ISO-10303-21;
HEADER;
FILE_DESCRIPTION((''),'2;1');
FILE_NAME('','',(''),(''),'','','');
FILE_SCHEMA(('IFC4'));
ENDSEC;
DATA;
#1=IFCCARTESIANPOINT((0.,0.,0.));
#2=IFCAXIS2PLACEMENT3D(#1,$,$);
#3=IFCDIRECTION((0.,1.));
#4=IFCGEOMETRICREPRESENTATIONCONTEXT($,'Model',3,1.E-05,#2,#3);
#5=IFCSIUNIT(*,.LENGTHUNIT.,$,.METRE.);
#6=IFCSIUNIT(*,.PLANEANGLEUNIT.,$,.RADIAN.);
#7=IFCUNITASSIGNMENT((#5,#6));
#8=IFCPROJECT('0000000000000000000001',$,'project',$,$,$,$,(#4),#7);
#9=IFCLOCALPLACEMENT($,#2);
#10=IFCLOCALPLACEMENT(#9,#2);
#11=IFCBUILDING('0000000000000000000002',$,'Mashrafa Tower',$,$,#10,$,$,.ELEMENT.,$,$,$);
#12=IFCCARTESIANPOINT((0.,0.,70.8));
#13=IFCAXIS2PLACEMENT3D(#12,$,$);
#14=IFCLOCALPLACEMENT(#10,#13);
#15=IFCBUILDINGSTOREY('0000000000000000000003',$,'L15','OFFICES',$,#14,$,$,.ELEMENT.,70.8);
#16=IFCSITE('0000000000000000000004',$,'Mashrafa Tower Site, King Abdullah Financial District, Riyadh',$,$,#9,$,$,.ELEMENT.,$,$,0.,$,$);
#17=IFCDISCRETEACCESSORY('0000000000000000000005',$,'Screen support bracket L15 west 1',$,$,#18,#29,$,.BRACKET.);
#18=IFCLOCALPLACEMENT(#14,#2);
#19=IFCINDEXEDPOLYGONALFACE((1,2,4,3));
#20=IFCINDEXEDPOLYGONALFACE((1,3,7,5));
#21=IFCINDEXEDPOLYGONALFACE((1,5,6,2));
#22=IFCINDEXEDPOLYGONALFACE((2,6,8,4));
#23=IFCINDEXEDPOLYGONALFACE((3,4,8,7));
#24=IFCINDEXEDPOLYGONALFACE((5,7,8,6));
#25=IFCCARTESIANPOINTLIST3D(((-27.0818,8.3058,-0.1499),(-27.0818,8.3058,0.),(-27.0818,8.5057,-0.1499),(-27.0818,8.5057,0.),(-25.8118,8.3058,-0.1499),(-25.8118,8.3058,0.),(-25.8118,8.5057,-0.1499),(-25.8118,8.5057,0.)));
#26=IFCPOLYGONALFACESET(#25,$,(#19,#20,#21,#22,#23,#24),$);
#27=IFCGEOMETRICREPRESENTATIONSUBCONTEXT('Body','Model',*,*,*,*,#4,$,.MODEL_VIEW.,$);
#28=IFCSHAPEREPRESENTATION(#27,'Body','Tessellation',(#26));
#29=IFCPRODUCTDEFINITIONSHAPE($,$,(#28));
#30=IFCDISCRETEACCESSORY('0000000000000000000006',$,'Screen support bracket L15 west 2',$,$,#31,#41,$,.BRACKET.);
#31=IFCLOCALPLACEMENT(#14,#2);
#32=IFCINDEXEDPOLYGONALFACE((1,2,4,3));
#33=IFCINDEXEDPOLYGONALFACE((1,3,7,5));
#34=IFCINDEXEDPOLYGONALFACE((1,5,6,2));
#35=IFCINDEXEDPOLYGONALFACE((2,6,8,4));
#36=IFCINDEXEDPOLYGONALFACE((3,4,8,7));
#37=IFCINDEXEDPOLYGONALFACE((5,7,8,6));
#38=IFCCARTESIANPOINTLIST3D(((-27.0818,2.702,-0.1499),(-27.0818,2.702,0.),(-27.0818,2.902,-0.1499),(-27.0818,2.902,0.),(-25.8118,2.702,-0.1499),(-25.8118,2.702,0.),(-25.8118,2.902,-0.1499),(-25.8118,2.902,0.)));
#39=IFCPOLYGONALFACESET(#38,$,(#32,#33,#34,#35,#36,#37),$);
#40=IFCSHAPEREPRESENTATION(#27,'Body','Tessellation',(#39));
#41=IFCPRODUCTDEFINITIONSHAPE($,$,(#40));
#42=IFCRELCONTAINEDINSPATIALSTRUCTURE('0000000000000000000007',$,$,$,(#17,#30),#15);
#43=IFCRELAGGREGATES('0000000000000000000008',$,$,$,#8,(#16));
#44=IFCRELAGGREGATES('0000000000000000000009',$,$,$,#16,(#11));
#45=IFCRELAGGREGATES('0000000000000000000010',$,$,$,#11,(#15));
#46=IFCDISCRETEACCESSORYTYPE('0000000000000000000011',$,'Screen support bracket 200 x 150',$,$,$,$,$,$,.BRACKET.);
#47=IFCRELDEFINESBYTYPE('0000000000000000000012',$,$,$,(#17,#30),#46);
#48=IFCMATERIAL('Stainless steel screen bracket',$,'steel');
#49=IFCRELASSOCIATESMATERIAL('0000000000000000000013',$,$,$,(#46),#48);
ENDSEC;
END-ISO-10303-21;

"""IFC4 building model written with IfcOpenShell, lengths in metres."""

from ifc_helpers import new_model, si_unit, direction, frame, origin, origin_2d, place, context, subcontext, project, spatial, rectangle, extrude, source, transform, mapped, material, type_object, type_shapes, element, save


model = new_model("IFC4")

# Units and contexts
model_context = context("Model", 3, precision=1e-05, world=origin(), true_north=direction((0.0, 1.0)))
body_context = subcontext(model_context, "Body", "Model", "MODEL_VIEW")
ifc_project = project(units=[si_unit("LENGTHUNIT", "METRE"), si_unit("PLANEANGLEUNIT", "RADIAN")], contexts=[model_context])

# Site, building, storey
site_placement = place(None, origin())
site = spatial("IfcSite", under=ifc_project, at=site_placement, Name="Mashrafa Tower Site, King Abdullah Financial District, Riyadh", CompositionType="ELEMENT", RefElevation=0.0)
building_placement = place(site_placement, origin())
building = spatial("IfcBuilding", under=site, at=building_placement, Name="Mashrafa Tower", CompositionType="ELEMENT")
storey_placement = place(building_placement, frame((0.0, 0.0, 70.8)))
storey = spatial("IfcBuildingStorey", under=building, at=storey_placement, Name="L15", Description="OFFICES", CompositionType="ELEMENT", Elevation=70.8)

# Discrete accessories
ifc_material_1 = material(Name="Stainless steel screen bracket", Category="steel")
discrete_accessory_type = type_object("IfcDiscreteAccessoryType", Name="Screen support bracket 200 x 150", PredefinedType="BRACKET", material=ifc_material_1)
shared_shape_1 = source(origin(), body_context, "Body", "SweptSolid", [
    extrude(rectangle(XDim=0.2, YDim=1.27, at=origin_2d()), origin(), (0.0, 0.0, 1.0), 0.1499),
])
type_shapes(discrete_accessory_type, [shared_shape_1])
for number, where, z_axis, x_axis, name in (
    (1, (-26.4468, 8.4058, -0.1499), (0.0, 0.0, 1.0), (0.0, -1.0, 0.0), "Screen support bracket L15 west 1"),
    (2, (-26.4468, 2.802, -0.1499), (0.0, 0.0, 1.0), (0.0, -1.0, 0.0), "Screen support bracket L15 west 2"),
):
    element("IfcDiscreteAccessory", number, at=place(storey_placement, frame(where, z_axis=z_axis, x_axis=x_axis)), inside=storey, type_object=discrete_accessory_type, Name=name, PredefinedType="BRACKET", context=body_context, shape_type="MappedRepresentation", body=[
        mapped(shared_shape_1, transform((0.0, 0.0, 0.0))),
    ])

save(model, "model.ifc")
